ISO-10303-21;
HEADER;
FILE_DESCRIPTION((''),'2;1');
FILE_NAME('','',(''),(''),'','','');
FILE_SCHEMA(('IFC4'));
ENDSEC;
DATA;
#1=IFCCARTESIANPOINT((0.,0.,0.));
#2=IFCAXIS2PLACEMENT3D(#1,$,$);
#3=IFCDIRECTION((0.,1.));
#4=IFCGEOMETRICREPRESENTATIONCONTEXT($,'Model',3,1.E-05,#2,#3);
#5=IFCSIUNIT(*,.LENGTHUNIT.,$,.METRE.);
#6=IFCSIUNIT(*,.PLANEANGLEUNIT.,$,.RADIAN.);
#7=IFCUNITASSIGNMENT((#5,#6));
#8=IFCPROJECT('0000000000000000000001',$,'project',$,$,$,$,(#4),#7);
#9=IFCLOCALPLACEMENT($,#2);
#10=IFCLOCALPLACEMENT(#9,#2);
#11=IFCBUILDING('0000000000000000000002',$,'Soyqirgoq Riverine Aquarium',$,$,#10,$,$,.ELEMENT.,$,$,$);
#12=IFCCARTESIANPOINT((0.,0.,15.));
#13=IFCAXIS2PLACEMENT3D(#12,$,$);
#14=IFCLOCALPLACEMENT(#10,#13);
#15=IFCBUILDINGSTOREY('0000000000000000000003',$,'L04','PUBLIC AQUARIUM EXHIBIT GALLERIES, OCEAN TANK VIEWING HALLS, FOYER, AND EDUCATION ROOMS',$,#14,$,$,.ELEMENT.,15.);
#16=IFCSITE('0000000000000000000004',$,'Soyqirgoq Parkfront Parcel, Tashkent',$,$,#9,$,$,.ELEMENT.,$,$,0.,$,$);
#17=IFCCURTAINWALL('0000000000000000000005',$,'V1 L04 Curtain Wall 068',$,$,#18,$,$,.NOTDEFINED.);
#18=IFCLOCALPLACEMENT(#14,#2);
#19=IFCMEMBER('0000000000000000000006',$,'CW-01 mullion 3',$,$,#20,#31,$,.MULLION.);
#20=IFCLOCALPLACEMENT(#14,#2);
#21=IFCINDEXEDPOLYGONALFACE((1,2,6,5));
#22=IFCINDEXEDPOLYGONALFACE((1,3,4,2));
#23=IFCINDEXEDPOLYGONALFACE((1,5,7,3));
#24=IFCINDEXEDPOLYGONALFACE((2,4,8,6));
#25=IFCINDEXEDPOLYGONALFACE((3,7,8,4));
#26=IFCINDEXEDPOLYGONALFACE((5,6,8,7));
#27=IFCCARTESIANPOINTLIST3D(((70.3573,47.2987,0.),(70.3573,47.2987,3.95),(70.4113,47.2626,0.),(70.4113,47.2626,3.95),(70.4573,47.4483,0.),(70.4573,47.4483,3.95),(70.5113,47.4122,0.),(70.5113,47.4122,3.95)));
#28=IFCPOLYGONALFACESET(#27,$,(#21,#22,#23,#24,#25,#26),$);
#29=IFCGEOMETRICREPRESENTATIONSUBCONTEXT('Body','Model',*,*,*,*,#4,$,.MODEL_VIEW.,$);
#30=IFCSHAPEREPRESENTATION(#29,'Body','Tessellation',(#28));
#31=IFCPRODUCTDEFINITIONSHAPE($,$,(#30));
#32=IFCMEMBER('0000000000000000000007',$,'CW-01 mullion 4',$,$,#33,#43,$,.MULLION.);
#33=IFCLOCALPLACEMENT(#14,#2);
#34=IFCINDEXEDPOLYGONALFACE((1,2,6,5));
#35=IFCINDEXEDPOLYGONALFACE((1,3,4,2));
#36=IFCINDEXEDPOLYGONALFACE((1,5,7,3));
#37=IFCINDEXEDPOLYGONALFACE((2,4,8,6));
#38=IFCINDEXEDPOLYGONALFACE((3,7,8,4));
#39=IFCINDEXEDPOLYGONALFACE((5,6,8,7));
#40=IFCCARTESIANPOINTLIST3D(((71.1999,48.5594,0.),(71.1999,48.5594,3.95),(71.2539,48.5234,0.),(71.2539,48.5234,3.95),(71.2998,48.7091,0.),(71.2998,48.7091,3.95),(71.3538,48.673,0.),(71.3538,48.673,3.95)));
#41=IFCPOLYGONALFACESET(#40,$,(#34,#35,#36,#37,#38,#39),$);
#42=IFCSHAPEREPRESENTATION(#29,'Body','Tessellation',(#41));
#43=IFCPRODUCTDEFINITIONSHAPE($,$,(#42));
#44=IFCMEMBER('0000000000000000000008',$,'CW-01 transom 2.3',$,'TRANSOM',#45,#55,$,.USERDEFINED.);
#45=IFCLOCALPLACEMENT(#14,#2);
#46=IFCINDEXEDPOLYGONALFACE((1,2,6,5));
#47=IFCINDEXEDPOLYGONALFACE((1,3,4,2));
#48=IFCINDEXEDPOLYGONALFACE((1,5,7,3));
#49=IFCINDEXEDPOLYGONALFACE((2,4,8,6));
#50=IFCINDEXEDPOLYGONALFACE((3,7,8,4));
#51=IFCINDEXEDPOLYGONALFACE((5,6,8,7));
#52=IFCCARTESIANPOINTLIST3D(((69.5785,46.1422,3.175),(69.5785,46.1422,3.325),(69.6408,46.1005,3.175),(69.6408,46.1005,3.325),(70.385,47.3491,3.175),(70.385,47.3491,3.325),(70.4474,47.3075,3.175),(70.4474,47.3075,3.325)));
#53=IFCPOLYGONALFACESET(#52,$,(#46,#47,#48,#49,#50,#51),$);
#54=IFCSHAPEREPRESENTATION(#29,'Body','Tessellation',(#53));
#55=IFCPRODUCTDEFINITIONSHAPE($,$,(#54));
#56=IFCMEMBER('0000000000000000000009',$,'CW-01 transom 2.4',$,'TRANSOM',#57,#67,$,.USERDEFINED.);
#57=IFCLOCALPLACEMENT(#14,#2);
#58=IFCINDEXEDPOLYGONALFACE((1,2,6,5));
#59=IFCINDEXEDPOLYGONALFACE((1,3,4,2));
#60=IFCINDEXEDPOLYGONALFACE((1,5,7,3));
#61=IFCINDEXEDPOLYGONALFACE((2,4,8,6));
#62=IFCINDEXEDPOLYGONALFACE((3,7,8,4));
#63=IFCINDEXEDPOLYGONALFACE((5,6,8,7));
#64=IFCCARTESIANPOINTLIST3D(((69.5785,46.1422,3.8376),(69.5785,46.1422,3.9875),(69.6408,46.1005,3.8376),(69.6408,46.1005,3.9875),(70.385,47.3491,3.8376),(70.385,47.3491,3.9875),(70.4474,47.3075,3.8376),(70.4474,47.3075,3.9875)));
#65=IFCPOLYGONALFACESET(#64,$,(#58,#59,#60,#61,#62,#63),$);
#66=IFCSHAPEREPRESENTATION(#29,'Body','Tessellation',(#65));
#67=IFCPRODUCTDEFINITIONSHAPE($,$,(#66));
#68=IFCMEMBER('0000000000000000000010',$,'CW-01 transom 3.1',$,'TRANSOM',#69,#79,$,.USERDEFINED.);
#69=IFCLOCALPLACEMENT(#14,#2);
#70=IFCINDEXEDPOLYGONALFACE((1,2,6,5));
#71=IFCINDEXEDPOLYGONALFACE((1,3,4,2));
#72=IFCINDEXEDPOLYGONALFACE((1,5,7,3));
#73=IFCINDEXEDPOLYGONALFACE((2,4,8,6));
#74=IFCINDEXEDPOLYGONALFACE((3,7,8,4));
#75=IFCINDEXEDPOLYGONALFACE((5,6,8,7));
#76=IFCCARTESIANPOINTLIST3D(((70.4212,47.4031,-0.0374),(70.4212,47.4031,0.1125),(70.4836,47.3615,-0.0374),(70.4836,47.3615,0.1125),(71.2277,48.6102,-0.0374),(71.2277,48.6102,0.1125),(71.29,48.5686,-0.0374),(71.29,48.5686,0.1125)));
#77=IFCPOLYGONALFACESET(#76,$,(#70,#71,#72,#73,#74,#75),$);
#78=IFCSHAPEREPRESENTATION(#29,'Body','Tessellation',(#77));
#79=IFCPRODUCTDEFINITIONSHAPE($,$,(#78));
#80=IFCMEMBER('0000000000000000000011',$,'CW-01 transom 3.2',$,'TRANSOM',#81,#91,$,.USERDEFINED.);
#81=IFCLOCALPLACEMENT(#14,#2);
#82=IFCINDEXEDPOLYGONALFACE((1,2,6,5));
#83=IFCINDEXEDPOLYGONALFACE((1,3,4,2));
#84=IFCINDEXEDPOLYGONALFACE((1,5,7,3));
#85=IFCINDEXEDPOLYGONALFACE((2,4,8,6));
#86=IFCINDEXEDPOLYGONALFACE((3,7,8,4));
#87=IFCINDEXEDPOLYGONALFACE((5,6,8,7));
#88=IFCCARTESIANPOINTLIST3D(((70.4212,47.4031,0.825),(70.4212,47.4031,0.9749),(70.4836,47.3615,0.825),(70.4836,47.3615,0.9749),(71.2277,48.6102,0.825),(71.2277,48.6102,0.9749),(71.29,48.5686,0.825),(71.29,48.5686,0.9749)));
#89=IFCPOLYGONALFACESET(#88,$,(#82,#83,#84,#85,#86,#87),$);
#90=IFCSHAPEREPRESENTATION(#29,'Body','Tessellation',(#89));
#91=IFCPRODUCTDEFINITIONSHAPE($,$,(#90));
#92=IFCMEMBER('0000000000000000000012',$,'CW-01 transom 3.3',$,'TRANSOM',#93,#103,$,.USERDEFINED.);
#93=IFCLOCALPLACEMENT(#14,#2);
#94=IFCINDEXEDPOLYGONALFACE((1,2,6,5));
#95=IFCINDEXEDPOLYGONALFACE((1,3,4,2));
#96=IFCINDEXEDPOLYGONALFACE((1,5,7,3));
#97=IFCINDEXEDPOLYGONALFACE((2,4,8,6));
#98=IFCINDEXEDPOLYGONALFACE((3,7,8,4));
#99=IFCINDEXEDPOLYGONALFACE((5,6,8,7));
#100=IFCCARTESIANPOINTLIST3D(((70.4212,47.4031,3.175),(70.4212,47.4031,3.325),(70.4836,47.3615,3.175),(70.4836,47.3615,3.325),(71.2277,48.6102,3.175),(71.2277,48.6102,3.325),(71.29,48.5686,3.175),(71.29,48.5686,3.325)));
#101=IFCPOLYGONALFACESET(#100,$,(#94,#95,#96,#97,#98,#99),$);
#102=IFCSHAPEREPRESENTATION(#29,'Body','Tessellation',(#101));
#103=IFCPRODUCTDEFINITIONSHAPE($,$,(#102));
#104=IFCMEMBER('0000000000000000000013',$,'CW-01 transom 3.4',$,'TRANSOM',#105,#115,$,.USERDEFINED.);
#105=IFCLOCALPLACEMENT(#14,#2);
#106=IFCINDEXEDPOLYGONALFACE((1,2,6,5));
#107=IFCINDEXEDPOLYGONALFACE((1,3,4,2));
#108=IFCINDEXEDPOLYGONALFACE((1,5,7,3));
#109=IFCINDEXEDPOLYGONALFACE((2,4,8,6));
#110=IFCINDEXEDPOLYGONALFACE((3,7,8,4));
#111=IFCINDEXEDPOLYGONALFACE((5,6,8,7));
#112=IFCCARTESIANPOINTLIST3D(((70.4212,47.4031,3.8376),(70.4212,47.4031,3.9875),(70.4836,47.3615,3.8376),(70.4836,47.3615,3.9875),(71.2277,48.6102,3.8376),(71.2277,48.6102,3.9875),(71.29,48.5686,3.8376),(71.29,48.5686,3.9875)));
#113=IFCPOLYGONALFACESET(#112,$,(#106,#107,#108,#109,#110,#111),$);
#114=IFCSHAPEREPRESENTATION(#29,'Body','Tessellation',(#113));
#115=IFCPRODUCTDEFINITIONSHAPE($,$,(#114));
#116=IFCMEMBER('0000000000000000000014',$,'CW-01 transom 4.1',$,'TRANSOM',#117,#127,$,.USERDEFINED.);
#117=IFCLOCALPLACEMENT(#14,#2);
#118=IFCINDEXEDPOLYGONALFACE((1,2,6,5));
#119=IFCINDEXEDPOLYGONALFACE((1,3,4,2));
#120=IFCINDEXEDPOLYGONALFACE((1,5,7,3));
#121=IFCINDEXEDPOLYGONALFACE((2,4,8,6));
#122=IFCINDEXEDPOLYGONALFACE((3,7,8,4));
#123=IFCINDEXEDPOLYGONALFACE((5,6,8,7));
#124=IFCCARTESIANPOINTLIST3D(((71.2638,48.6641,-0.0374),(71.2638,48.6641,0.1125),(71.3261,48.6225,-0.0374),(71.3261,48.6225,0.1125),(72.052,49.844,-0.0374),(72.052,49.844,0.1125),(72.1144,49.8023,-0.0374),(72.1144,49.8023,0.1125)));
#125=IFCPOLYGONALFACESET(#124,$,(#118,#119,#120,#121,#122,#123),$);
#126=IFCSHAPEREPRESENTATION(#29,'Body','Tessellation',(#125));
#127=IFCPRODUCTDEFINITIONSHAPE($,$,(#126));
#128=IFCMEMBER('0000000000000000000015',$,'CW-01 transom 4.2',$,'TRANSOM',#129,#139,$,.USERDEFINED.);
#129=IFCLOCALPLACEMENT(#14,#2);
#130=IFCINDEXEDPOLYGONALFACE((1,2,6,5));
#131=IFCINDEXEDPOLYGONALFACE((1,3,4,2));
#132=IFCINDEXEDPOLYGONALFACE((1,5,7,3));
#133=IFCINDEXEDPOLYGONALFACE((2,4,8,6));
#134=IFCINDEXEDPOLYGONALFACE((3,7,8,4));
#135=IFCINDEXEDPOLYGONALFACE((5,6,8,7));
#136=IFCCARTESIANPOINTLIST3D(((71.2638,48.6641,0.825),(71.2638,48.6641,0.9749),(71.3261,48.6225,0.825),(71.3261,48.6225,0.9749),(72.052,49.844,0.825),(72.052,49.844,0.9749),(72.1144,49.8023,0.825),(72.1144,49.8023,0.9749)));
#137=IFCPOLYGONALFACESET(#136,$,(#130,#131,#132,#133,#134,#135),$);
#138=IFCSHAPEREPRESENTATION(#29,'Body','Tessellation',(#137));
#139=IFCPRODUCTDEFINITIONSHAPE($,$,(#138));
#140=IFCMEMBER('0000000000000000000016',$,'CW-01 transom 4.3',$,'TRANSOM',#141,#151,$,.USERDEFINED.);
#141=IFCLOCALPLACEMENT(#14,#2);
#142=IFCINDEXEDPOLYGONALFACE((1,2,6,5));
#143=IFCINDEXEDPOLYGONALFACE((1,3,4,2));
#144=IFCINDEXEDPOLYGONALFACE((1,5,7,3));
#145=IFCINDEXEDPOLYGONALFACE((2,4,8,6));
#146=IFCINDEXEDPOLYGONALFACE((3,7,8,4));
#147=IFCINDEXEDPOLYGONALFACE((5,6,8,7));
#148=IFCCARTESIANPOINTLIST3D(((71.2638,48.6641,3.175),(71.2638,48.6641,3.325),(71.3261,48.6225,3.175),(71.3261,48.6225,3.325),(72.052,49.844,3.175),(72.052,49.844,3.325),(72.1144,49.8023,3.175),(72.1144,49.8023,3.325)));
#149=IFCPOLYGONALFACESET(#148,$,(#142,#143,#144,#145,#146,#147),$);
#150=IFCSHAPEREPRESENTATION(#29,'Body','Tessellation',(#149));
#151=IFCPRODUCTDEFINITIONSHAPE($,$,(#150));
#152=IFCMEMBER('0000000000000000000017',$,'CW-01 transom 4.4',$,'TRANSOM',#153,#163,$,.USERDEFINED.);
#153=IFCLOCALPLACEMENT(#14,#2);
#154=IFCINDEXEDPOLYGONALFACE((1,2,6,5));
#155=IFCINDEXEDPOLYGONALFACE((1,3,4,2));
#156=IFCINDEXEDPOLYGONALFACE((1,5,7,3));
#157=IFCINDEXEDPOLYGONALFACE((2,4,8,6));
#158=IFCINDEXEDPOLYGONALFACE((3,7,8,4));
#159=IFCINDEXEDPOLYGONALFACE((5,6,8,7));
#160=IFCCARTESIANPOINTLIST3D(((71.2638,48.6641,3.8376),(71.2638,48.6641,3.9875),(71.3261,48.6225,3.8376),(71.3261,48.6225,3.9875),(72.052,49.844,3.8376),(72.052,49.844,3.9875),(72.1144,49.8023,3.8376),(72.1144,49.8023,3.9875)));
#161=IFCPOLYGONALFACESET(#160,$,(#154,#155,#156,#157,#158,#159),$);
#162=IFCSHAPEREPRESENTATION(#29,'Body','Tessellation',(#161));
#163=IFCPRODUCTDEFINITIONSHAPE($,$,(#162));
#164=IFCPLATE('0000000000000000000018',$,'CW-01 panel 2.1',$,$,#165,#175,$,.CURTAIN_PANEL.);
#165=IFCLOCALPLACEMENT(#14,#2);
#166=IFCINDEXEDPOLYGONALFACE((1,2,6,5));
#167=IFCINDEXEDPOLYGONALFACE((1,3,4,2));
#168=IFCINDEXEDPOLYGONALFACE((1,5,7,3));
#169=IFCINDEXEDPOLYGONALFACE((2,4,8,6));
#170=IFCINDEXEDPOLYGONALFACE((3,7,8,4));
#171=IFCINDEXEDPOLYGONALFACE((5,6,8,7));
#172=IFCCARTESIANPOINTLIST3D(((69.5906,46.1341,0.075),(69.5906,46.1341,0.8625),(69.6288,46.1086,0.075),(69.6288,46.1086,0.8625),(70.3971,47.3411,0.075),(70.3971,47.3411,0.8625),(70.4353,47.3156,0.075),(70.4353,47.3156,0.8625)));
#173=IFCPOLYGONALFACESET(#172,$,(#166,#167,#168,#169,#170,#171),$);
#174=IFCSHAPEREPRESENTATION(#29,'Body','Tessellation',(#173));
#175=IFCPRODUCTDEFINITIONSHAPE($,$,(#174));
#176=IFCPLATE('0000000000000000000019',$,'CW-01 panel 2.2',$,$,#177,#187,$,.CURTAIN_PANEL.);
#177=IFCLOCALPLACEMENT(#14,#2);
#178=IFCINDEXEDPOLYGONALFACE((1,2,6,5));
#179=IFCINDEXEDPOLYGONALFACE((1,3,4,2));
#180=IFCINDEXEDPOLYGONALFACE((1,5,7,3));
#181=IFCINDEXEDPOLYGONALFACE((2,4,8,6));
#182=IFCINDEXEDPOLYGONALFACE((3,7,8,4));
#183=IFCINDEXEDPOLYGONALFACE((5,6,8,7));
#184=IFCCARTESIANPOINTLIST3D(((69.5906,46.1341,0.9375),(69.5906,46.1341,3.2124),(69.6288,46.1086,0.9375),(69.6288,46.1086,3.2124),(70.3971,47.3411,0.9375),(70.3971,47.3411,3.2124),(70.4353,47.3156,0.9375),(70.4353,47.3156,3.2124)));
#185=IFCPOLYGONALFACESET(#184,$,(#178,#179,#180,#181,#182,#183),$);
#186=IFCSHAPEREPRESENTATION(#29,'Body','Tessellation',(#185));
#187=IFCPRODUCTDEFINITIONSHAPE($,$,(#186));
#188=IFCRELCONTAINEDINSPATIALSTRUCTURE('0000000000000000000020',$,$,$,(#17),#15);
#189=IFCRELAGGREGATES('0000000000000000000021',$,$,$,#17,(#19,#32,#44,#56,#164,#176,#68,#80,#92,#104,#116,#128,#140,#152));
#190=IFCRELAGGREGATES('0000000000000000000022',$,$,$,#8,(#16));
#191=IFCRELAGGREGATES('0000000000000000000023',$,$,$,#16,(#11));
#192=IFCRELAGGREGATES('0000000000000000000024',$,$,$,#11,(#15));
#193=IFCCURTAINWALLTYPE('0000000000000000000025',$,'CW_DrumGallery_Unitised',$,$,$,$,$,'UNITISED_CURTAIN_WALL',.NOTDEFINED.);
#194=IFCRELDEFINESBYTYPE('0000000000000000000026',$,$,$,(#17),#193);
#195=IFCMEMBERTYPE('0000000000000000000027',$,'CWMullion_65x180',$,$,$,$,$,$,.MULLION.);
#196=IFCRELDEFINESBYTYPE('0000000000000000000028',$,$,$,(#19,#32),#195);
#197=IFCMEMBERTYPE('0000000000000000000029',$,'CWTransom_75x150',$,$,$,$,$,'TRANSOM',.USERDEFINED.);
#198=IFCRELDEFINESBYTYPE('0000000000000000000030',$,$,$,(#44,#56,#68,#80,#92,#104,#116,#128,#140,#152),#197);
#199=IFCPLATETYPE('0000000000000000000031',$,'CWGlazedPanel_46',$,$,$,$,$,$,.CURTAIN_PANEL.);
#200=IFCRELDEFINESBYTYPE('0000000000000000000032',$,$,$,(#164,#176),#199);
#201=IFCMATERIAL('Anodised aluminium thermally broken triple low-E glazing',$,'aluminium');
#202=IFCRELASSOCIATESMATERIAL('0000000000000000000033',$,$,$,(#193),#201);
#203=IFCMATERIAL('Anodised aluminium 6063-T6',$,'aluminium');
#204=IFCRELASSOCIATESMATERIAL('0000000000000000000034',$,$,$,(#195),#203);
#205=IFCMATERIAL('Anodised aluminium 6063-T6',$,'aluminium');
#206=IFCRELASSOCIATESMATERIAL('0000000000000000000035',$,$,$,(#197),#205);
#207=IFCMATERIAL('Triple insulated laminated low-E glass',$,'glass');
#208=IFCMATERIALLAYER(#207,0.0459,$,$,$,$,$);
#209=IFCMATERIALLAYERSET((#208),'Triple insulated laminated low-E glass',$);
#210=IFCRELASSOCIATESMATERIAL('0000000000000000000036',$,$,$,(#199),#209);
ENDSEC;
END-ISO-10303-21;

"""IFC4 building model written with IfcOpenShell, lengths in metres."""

from ifc_helpers import new_model, si_unit, direction, frame, origin, origin_2d, place, context, subcontext, project, spatial, rectangle, extrude, material, layer, layer_set, material_profile, profile_set, type_object, element, aggregate, save


model = new_model("IFC4")

# Units and contexts
model_context = context("Model", 3, precision=1e-05, world=origin(), true_north=direction((0.0, 1.0)))
body_context = subcontext(model_context, "Body", "Model", "MODEL_VIEW")
ifc_project = project(units=[si_unit("LENGTHUNIT", "METRE"), si_unit("PLANEANGLEUNIT", "RADIAN")], contexts=[model_context])

# Site, building, storey
site_placement = place(None, origin())
site = spatial("IfcSite", under=ifc_project, at=site_placement, Name="Soyqirgoq Parkfront Parcel, Tashkent", CompositionType="ELEMENT", RefElevation=0.0)
building_placement = place(site_placement, origin())
building = spatial("IfcBuilding", under=site, at=building_placement, Name="Soyqirgoq Riverine Aquarium", CompositionType="ELEMENT")
storey_placement = place(building_placement, frame((0.0, 0.0, 15.0)))
storey = spatial("IfcBuildingStorey", under=building, at=storey_placement, Name="L04", Description="PUBLIC AQUARIUM EXHIBIT GALLERIES, OCEAN TANK VIEWING HALLS, FOYER, AND EDUCATION ROOMS", CompositionType="ELEMENT", Elevation=15.0)

# Curtain wall, members, plates
ifc_material_1 = material(Name="Anodised aluminium thermally broken triple low-E glazing", Category="aluminium")
curtain_wall_type = type_object("IfcCurtainWallType", Name="CW_DrumGallery_Unitised", ElementType="UNITISED_CURTAIN_WALL", PredefinedType="NOTDEFINED", material=ifc_material_1)
curtain_wall_placement = place(storey_placement, origin())
curtain_wall = element("IfcCurtainWall", 1, at=curtain_wall_placement, inside=storey, type_object=curtain_wall_type, Name="V1 L04 Curtain Wall 068", PredefinedType="NOTDEFINED")
ifc_material_2 = material(Name="Anodised aluminium 6063-T6", Category="aluminium")
ifc_material_profile_1 = material_profile(ifc_material_2, rectangle(XDim=0.0649, YDim=0.1799, at=origin_2d()), Name="ALU-M 65x180")
ifc_profile_set_1 = profile_set([ifc_material_profile_1], Name="Anodised aluminium 6063-T6")
member_type_1 = type_object("IfcMemberType", Name="CWMullion_65x180", PredefinedType="MULLION", material=ifc_profile_set_1)
member_1_placement = place(storey_placement, frame((70.4343, 47.3555, 0.0), z_axis=(0.0, 0.0, 1.0), x_axis=(-0.831464, 0.555579, 0.0)))
member_1 = element("IfcMember", 2, at=member_1_placement, type_object=member_type_1, Name="CW-01 mullion 3", PredefinedType="MULLION", context=body_context, shape_type="SweptSolid", body=[
    extrude(rectangle(XDim=0.0649, YDim=0.1799, at=origin_2d()), origin(), (0.0, 0.0, 1.0), 3.95),
])
member_2_placement = place(storey_placement, frame((71.2769, 48.6162, 0.0), z_axis=(0.0, 0.0, 1.0), x_axis=(-0.831464, 0.555579, 0.0)))
member_2 = element("IfcMember", 3, at=member_2_placement, type_object=member_type_1, Name="CW-01 mullion 4", PredefinedType="MULLION", context=body_context, shape_type="SweptSolid", body=[
    extrude(rectangle(XDim=0.0649, YDim=0.1799, at=origin_2d()), origin(), (0.0, 0.0, 1.0), 3.95),
])
ifc_material_3 = material(Name="Anodised aluminium 6063-T6", Category="aluminium")
ifc_material_profile_2 = material_profile(ifc_material_3, rectangle(XDim=0.075, YDim=0.1499, at=origin_2d()), Name="ALU-T 75x150")
ifc_profile_set_2 = profile_set([ifc_material_profile_2], Name="Anodised aluminium 6063-T6")
member_type_2 = type_object("IfcMemberType", Name="CWTransom_75x150", ElementType="TRANSOM", PredefinedType="USERDEFINED", material=ifc_profile_set_2)
member_3_placement = place(storey_placement, frame((69.6096, 46.1213, 3.25), z_axis=(0.555631, 0.831429, 0.0), x_axis=(-0.831429, 0.555631, 0.0)))
member_3 = element("IfcMember", 4, at=member_3_placement, type_object=member_type_2, Name="CW-01 transom 2.3", ObjectType="TRANSOM", PredefinedType="USERDEFINED", context=body_context, shape_type="SweptSolid", body=[
    extrude(rectangle(XDim=0.075, YDim=0.1499, at=origin_2d()), origin(), (0.0, 0.0, 1.0), 1.4517),
])
member_4_placement = place(storey_placement, frame((69.6096, 46.1213, 3.9126), z_axis=(0.555631, 0.831429, 0.0), x_axis=(-0.831429, 0.555631, 0.0)))
member_4 = element("IfcMember", 5, at=member_4_placement, type_object=member_type_2, Name="CW-01 transom 2.4", ObjectType="TRANSOM", PredefinedType="USERDEFINED", context=body_context, shape_type="SweptSolid", body=[
    extrude(rectangle(XDim=0.075, YDim=0.1499, at=origin_2d()), origin(), (0.0, 0.0, 1.0), 1.4517),
])
member_5_placement = place(storey_placement, frame((70.4524, 47.3823, 0.0376), z_axis=(0.555515, 0.831507, 0.0), x_axis=(-0.831507, 0.555515, 0.0)))
member_5 = element("IfcMember", 6, at=member_5_placement, type_object=member_type_2, Name="CW-01 transom 3.1", ObjectType="TRANSOM", PredefinedType="USERDEFINED", context=body_context, shape_type="SweptSolid", body=[
    extrude(rectangle(XDim=0.075, YDim=0.1499, at=origin_2d()), origin(), (0.0, 0.0, 1.0), 1.4517),
])
member_6_placement = place(storey_placement, frame((70.4524, 47.3823, 0.8999), z_axis=(0.555515, 0.831507, 0.0), x_axis=(-0.831507, 0.555515, 0.0)))
member_6 = element("IfcMember", 7, at=member_6_placement, type_object=member_type_2, Name="CW-01 transom 3.2", ObjectType="TRANSOM", PredefinedType="USERDEFINED", context=body_context, shape_type="SweptSolid", body=[
    extrude(rectangle(XDim=0.075, YDim=0.1499, at=origin_2d()), origin(), (0.0, 0.0, 1.0), 1.4517),
])
member_7_placement = place(storey_placement, frame((70.4524, 47.3823, 3.25), z_axis=(0.555515, 0.831507, 0.0), x_axis=(-0.831507, 0.555515, 0.0)))
member_7 = element("IfcMember", 8, at=member_7_placement, type_object=member_type_2, Name="CW-01 transom 3.3", ObjectType="TRANSOM", PredefinedType="USERDEFINED", context=body_context, shape_type="SweptSolid", body=[
    extrude(rectangle(XDim=0.075, YDim=0.1499, at=origin_2d()), origin(), (0.0, 0.0, 1.0), 1.4517),
])
member_8_placement = place(storey_placement, frame((70.4524, 47.3823, 3.9126), z_axis=(0.555515, 0.831507, 0.0), x_axis=(-0.831507, 0.555515, 0.0)))
member_8 = element("IfcMember", 9, at=member_8_placement, type_object=member_type_2, Name="CW-01 transom 3.4", ObjectType="TRANSOM", PredefinedType="USERDEFINED", context=body_context, shape_type="SweptSolid", body=[
    extrude(rectangle(XDim=0.075, YDim=0.1499, at=origin_2d()), origin(), (0.0, 0.0, 1.0), 1.4517),
])
member_9_placement = place(storey_placement, frame((71.2949, 48.6433, 0.0376), z_axis=(0.555534, 0.831494, 0.0), x_axis=(-0.831494, 0.555534, 0.0)))
member_9 = element("IfcMember", 10, at=member_9_placement, type_object=member_type_2, Name="CW-01 transom 4.1", ObjectType="TRANSOM", PredefinedType="USERDEFINED", context=body_context, shape_type="SweptSolid", body=[
    extrude(rectangle(XDim=0.075, YDim=0.1499, at=origin_2d()), origin(), (0.0, 0.0, 1.0), 1.4189),
])
member_10_placement = place(storey_placement, frame((71.2949, 48.6433, 0.8999), z_axis=(0.555534, 0.831494, 0.0), x_axis=(-0.831494, 0.555534, 0.0)))
member_10 = element("IfcMember", 11, at=member_10_placement, type_object=member_type_2, Name="CW-01 transom 4.2", ObjectType="TRANSOM", PredefinedType="USERDEFINED", context=body_context, shape_type="SweptSolid", body=[
    extrude(rectangle(XDim=0.075, YDim=0.1499, at=origin_2d()), origin(), (0.0, 0.0, 1.0), 1.4189),
])
member_11_placement = place(storey_placement, frame((71.2949, 48.6433, 3.25), z_axis=(0.555534, 0.831494, 0.0), x_axis=(-0.831494, 0.555534, 0.0)))
member_11 = element("IfcMember", 12, at=member_11_placement, type_object=member_type_2, Name="CW-01 transom 4.3", ObjectType="TRANSOM", PredefinedType="USERDEFINED", context=body_context, shape_type="SweptSolid", body=[
    extrude(rectangle(XDim=0.075, YDim=0.1499, at=origin_2d()), origin(), (0.0, 0.0, 1.0), 1.4189),
])
member_12_placement = place(storey_placement, frame((71.2949, 48.6433, 3.9126), z_axis=(0.555534, 0.831494, 0.0), x_axis=(-0.831494, 0.555534, 0.0)))
member_12 = element("IfcMember", 13, at=member_12_placement, type_object=member_type_2, Name="CW-01 transom 4.4", ObjectType="TRANSOM", PredefinedType="USERDEFINED", context=body_context, shape_type="SweptSolid", body=[
    extrude(rectangle(XDim=0.075, YDim=0.1499, at=origin_2d()), origin(), (0.0, 0.0, 1.0), 1.4189),
])
ifc_material_4 = material(Name="Triple insulated laminated low-E glass", Category="glass")
ifc_layer_1 = layer(ifc_material_4, 0.0459)
ifc_layer_set_1 = layer_set([ifc_layer_1], Name="Triple insulated laminated low-E glass")
plate_type = type_object("IfcPlateType", Name="CWGlazedPanel_46", PredefinedType="CURTAIN_PANEL", material=ifc_layer_set_1)
plate_1_placement = place(storey_placement, frame((70.0129, 46.7249, 0.075), z_axis=(0.0, 0.0, 1.0), x_axis=(0.555579, 0.831464, 0.0)))
plate_1 = element("IfcPlate", 14, at=plate_1_placement, type_object=plate_type, Name="CW-01 panel 2.1", PredefinedType="CURTAIN_PANEL", context=body_context, shape_type="SweptSolid", body=[
    extrude(rectangle(XDim=1.4517, YDim=0.0459, at=origin_2d()), origin(), (0.0, 0.0, 1.0), 0.7876),
])
plate_2_placement = place(storey_placement, frame((70.0129, 46.7249, 0.9375), z_axis=(0.0, 0.0, 1.0), x_axis=(0.555579, 0.831464, 0.0)))
plate_2 = element("IfcPlate", 15, at=plate_2_placement, type_object=plate_type, Name="CW-01 panel 2.2", PredefinedType="CURTAIN_PANEL", context=body_context, shape_type="SweptSolid", body=[
    extrude(rectangle(XDim=1.4517, YDim=0.0459, at=origin_2d()), origin(), (0.0, 0.0, 1.0), 2.2749),
])
aggregate(curtain_wall, [member_1, member_2, member_3, member_4, plate_1, plate_2, member_5, member_6, member_7, member_8, member_9, member_10, member_11, member_12])

save(model, "model.ifc")
